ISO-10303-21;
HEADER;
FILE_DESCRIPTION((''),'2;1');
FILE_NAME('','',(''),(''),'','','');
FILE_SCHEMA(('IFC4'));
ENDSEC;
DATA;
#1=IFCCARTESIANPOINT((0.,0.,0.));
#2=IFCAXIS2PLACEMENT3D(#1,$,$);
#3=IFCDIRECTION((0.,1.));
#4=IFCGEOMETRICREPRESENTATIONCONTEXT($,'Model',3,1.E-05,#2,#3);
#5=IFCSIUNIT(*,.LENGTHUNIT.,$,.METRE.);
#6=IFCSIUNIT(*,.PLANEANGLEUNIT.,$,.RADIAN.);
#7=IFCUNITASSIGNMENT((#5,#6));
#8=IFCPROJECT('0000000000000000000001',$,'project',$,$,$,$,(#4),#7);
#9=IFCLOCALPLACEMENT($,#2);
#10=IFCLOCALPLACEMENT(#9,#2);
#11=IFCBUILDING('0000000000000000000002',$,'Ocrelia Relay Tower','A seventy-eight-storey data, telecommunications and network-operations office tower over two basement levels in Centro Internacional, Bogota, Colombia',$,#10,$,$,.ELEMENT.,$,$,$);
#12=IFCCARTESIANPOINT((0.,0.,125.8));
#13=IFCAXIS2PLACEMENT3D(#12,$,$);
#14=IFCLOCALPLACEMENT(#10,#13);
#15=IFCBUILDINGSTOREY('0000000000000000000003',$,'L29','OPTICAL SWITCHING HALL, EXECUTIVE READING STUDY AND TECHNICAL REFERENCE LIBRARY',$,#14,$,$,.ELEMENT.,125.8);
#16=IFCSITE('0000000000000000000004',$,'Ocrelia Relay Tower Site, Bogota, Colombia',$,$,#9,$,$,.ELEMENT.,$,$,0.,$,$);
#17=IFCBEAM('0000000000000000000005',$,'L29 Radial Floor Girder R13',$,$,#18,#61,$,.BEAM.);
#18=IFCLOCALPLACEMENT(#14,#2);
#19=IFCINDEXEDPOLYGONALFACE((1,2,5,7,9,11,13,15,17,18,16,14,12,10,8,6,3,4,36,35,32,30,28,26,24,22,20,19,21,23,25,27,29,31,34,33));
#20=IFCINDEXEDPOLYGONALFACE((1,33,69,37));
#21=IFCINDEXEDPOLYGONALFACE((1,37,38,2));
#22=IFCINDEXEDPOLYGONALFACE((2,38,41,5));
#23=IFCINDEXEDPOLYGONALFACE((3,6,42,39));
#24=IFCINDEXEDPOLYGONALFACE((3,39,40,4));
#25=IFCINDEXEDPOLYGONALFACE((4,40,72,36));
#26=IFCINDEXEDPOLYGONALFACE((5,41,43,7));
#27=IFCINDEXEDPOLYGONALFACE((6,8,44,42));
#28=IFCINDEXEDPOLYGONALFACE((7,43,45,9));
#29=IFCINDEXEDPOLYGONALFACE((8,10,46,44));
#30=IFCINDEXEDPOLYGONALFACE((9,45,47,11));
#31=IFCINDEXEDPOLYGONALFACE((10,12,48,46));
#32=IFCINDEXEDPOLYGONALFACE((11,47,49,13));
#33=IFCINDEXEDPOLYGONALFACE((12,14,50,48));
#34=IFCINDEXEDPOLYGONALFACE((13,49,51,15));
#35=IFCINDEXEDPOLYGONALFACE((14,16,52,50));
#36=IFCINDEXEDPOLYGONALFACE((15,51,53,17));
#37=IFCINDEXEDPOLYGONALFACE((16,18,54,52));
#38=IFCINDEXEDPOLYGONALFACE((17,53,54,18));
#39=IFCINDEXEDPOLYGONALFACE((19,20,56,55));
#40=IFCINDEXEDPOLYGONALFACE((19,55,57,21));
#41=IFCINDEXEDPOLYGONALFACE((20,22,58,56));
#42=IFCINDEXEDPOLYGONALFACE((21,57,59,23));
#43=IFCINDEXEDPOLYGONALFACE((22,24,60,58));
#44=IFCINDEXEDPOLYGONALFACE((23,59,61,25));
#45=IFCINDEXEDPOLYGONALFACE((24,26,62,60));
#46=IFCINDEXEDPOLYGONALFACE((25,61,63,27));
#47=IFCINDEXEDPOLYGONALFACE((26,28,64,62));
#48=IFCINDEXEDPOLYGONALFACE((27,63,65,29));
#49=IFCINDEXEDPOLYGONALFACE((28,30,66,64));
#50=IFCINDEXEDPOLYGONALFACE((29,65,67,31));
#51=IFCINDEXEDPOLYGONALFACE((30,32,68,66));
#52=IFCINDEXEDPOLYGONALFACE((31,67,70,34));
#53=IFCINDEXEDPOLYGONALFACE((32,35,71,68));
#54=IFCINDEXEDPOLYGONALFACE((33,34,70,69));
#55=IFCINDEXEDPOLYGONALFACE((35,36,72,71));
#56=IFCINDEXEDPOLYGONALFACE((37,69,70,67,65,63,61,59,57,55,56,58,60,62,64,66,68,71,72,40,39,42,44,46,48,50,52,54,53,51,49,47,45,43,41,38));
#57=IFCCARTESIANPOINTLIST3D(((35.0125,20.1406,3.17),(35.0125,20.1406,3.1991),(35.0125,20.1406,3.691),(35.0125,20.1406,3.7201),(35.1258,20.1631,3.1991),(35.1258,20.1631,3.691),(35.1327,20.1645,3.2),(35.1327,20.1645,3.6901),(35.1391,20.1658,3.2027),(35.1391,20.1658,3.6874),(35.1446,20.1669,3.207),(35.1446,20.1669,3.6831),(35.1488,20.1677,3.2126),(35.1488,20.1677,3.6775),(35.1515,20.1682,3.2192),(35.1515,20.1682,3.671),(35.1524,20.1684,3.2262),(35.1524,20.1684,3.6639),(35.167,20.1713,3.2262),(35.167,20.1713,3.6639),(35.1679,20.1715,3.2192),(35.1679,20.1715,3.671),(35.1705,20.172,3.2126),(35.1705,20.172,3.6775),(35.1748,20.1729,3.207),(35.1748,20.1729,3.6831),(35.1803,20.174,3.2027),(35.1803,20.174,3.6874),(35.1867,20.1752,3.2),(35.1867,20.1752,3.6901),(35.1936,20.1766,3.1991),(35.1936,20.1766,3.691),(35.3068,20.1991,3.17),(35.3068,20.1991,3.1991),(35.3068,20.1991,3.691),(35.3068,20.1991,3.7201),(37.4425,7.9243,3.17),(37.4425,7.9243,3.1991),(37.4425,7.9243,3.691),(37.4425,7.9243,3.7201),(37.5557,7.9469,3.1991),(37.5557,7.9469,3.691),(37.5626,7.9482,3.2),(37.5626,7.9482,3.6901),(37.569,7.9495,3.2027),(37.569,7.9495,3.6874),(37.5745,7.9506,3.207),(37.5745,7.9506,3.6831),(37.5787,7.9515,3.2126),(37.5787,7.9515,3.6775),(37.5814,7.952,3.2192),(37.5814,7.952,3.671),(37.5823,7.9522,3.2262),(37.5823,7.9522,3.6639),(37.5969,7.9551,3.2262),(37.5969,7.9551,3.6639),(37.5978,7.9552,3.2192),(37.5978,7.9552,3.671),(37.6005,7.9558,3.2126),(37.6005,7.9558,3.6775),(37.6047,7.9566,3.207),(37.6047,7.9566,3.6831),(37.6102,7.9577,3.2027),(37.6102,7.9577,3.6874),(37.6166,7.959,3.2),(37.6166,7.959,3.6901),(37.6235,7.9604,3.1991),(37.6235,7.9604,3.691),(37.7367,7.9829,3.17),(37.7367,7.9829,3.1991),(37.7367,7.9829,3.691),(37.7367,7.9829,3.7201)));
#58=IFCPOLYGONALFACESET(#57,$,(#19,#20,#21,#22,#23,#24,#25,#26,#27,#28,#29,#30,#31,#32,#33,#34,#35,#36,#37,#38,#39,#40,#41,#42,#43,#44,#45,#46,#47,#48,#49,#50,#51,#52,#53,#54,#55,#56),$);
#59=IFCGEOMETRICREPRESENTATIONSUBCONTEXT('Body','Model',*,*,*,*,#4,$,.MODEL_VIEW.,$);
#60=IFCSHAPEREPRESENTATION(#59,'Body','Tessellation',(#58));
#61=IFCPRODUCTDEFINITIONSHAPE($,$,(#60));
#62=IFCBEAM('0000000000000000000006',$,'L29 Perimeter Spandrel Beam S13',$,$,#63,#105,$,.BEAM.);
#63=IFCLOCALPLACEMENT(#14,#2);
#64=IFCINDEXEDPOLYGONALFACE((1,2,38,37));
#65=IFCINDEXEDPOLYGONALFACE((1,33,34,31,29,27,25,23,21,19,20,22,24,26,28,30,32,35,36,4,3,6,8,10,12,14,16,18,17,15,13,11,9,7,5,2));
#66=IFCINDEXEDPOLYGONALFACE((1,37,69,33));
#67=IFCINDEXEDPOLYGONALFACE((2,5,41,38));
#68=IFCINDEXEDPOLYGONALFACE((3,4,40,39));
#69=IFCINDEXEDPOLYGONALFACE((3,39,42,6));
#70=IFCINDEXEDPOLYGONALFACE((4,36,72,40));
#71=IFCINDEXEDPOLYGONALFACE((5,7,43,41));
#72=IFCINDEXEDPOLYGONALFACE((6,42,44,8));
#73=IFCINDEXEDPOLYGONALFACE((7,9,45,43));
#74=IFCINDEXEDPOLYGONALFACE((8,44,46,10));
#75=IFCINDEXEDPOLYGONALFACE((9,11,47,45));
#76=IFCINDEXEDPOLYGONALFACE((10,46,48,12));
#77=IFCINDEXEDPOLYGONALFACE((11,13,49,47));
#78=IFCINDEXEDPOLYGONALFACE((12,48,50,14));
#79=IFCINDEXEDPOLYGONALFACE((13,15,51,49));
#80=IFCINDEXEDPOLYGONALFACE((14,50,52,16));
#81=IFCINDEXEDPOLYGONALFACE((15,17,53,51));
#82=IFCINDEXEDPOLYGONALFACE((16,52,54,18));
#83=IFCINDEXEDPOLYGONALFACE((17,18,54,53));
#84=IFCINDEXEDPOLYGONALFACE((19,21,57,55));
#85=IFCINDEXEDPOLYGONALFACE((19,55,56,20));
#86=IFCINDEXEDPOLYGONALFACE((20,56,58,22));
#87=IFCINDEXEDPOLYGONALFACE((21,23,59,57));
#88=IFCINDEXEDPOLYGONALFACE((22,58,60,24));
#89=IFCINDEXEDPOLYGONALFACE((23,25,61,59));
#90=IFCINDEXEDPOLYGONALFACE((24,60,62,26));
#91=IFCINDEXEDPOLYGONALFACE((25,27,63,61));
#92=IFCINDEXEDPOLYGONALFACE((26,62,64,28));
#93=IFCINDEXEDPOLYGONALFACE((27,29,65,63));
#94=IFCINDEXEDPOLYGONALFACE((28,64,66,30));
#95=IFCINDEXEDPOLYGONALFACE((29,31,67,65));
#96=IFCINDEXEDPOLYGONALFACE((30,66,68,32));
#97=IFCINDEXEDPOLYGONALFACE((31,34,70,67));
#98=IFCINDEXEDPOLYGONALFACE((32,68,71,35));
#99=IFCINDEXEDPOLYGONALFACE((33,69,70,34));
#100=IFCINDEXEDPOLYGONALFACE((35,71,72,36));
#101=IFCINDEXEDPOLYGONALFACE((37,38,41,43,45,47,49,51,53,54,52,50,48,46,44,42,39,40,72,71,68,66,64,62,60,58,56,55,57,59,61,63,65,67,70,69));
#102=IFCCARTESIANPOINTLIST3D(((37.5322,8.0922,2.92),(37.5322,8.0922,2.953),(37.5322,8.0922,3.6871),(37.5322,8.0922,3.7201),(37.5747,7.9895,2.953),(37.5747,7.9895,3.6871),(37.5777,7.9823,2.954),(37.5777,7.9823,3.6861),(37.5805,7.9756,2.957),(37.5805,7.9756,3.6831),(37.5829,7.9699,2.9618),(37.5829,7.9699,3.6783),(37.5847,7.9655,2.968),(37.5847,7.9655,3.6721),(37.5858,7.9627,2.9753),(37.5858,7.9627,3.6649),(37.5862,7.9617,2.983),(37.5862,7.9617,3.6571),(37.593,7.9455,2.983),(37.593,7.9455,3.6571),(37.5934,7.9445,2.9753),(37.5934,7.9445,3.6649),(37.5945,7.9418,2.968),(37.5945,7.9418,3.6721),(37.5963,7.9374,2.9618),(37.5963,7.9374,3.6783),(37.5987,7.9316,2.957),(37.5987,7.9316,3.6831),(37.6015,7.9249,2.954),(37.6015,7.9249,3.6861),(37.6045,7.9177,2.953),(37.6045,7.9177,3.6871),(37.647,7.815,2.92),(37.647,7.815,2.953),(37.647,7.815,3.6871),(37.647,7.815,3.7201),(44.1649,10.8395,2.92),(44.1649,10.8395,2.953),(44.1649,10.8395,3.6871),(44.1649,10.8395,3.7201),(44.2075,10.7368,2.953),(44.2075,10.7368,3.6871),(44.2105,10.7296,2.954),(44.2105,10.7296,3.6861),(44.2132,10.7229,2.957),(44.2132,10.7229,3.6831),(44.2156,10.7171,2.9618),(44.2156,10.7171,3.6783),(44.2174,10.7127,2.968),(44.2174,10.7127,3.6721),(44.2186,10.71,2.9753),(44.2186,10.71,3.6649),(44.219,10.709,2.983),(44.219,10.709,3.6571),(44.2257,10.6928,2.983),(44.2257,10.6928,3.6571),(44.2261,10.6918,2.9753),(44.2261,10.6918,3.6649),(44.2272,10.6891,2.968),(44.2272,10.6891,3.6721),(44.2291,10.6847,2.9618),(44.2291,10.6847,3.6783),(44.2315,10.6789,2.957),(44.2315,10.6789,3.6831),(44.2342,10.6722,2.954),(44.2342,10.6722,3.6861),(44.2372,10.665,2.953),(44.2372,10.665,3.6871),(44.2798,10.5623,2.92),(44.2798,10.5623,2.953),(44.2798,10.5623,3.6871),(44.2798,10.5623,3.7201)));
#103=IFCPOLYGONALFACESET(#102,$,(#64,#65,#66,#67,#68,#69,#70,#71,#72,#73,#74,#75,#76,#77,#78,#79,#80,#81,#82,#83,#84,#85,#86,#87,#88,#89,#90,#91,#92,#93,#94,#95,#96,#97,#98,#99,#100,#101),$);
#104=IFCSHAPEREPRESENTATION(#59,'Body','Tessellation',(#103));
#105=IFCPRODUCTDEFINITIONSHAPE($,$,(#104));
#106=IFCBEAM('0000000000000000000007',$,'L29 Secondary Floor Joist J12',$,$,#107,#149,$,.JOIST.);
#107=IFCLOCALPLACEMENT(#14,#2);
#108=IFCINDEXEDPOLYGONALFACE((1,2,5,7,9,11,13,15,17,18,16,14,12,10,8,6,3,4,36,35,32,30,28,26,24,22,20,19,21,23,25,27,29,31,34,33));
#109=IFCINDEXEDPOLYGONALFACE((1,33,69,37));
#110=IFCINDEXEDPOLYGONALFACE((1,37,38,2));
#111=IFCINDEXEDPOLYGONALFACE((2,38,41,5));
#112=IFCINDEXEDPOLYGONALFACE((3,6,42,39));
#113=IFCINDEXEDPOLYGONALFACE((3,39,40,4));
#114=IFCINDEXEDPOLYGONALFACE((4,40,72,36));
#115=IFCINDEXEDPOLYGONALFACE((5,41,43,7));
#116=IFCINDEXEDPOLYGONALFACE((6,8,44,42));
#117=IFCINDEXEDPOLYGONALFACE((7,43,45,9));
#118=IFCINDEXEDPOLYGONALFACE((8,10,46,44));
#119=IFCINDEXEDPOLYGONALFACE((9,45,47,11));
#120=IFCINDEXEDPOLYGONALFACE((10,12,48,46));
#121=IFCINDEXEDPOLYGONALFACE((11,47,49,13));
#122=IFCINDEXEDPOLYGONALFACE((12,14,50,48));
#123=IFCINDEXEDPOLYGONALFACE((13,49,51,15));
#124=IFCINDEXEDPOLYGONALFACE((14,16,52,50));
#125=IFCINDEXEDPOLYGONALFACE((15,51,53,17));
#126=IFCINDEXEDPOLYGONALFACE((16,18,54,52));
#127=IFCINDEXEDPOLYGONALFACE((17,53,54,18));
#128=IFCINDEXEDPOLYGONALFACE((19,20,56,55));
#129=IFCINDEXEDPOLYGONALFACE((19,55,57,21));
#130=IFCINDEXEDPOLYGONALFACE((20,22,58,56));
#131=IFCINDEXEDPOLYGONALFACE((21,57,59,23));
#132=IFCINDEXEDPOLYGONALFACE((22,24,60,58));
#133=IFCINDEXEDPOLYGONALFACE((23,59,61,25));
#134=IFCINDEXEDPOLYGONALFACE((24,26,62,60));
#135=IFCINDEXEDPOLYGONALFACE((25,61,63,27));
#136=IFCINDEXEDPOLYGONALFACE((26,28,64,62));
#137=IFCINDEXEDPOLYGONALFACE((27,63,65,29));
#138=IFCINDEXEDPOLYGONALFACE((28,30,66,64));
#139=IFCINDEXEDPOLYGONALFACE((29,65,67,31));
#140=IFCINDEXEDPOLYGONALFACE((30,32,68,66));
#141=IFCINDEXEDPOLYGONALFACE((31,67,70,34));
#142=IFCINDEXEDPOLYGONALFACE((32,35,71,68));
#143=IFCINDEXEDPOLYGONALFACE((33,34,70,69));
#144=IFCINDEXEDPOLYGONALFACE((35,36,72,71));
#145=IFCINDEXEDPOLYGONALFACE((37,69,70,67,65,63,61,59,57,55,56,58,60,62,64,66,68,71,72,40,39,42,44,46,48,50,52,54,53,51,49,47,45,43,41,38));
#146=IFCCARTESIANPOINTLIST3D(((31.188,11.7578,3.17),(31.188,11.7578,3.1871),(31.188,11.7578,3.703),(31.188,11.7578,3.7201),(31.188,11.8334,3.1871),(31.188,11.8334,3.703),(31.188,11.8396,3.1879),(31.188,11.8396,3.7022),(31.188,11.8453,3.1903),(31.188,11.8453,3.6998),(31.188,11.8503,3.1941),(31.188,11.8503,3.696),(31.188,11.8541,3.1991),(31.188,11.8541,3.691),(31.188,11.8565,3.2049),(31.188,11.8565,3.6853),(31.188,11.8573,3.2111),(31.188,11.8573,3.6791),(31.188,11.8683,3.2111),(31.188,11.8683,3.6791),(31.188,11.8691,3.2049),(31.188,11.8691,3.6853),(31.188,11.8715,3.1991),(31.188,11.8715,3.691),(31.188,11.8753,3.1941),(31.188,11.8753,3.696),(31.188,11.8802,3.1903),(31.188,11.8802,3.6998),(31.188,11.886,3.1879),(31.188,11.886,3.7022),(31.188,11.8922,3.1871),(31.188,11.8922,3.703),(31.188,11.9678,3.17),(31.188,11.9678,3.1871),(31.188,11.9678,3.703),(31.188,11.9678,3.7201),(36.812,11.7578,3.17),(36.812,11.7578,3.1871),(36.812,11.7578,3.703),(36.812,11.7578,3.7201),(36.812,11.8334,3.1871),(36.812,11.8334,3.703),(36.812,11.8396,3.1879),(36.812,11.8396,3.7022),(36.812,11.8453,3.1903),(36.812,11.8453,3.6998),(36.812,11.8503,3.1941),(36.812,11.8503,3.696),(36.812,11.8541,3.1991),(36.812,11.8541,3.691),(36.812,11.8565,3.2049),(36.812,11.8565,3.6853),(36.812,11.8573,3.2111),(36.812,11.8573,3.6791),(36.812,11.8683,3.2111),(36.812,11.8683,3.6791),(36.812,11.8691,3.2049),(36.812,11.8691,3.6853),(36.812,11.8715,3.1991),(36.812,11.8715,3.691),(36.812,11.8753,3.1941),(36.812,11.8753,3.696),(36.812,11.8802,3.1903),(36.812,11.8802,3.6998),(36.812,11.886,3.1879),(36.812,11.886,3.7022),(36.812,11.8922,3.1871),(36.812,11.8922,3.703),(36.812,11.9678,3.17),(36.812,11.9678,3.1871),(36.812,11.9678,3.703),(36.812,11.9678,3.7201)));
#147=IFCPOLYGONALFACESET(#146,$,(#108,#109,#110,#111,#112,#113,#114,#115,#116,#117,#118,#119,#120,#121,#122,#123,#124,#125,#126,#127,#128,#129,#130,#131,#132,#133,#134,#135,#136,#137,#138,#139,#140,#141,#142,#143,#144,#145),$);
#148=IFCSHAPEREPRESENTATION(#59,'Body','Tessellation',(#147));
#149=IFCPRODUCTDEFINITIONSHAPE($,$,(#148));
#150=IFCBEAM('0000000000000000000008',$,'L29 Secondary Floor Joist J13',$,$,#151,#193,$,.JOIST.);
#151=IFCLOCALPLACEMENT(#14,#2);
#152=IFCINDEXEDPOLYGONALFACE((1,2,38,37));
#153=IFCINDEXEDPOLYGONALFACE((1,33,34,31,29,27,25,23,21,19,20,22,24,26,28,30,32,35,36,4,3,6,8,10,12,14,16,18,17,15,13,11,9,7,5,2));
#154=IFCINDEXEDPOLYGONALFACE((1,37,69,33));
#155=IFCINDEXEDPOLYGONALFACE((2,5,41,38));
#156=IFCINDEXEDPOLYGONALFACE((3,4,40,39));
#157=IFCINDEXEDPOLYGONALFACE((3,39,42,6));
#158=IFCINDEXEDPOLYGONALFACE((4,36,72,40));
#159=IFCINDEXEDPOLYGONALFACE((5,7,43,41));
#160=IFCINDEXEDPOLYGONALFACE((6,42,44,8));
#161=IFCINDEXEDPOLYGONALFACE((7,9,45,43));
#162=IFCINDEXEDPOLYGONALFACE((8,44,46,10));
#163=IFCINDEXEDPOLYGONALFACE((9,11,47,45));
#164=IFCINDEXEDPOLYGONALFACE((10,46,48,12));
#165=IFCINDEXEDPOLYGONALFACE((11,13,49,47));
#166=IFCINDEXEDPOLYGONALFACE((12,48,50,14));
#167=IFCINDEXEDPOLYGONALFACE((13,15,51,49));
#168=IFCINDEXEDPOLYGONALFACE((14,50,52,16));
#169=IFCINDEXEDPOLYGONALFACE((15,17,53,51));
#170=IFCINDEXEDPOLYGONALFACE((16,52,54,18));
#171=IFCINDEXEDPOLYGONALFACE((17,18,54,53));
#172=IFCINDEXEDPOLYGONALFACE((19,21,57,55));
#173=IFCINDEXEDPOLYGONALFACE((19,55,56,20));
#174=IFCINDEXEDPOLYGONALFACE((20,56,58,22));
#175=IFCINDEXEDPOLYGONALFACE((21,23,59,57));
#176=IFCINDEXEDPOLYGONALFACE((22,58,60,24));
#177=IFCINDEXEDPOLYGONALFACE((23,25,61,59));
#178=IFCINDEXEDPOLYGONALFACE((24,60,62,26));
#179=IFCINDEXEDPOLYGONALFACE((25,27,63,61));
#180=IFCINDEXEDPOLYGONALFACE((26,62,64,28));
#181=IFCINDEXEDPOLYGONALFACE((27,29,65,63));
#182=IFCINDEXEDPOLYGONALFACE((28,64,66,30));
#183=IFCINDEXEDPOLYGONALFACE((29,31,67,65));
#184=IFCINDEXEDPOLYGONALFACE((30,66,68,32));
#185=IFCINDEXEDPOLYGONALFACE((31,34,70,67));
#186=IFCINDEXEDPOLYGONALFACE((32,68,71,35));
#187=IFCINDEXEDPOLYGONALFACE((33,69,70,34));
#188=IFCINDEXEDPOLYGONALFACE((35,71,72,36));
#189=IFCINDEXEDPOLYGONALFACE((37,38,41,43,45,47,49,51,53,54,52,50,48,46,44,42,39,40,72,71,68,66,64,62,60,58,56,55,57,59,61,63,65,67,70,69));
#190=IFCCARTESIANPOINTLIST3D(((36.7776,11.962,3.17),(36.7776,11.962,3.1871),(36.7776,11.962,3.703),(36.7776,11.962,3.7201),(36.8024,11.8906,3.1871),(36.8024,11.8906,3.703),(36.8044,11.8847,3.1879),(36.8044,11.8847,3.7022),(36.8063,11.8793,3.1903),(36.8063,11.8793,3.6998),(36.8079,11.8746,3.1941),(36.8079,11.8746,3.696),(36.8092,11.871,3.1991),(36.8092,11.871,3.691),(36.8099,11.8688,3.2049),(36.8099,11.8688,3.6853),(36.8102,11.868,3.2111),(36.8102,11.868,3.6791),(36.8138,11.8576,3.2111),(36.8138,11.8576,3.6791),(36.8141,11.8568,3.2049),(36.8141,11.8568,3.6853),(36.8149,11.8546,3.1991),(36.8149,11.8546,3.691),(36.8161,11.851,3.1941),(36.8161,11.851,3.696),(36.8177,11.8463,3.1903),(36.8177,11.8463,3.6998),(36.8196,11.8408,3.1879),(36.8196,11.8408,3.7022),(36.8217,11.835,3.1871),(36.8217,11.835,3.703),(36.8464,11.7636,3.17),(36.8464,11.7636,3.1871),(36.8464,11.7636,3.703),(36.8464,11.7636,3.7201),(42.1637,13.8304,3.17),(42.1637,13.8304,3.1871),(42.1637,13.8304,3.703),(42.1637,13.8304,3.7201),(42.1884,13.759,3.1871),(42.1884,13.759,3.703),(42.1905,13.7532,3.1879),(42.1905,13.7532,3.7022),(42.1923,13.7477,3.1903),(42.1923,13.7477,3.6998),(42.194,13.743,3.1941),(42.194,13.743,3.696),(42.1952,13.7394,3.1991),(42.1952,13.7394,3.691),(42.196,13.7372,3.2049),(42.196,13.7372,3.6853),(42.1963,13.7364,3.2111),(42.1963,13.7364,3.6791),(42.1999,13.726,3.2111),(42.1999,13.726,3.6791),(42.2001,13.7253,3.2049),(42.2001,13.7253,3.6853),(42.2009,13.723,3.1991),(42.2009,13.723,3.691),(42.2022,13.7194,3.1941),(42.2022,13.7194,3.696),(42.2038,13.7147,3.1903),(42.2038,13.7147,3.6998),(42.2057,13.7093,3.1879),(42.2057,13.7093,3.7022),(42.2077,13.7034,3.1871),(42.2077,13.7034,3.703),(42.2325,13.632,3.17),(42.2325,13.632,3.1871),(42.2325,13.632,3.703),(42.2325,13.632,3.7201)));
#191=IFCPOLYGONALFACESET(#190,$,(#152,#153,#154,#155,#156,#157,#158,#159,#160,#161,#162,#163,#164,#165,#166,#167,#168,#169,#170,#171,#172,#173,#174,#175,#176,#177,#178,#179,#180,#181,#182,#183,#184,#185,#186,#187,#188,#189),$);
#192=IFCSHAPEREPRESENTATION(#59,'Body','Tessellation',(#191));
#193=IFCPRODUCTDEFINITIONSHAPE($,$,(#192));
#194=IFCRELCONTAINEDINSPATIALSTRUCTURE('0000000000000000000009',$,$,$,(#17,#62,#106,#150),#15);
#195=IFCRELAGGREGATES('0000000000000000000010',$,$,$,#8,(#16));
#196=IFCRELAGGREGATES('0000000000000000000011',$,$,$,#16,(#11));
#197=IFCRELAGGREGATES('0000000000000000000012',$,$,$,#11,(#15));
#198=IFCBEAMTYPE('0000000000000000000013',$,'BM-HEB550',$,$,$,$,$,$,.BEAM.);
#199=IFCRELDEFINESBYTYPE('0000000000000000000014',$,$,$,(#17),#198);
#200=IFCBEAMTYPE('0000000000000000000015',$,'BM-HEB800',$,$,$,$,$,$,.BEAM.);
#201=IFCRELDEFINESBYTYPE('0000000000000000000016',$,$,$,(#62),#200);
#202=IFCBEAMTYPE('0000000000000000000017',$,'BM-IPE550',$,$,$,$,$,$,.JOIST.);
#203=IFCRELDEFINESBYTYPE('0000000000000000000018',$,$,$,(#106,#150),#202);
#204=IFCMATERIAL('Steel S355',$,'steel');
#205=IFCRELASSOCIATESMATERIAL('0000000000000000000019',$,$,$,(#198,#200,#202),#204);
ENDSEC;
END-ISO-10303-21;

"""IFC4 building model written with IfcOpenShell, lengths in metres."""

from ifc_helpers import new_model, si_unit, direction, frame, origin, origin_2d, place, context, subcontext, project, spatial, i_section, extrude, material, material_profile, profile_set, type_object, element, save


model = new_model("IFC4")

# Units and contexts
model_context = context("Model", 3, precision=1e-05, world=origin(), true_north=direction((0.0, 1.0)))
body_context = subcontext(model_context, "Body", "Model", "MODEL_VIEW")
ifc_project = project(units=[si_unit("LENGTHUNIT", "METRE"), si_unit("PLANEANGLEUNIT", "RADIAN")], contexts=[model_context])

# Site, building, storey
site_placement = place(None, origin())
site = spatial("IfcSite", under=ifc_project, at=site_placement, Name="Ocrelia Relay Tower Site, Bogota, Colombia", CompositionType="ELEMENT", RefElevation=0.0)
building_placement = place(site_placement, origin())
building = spatial("IfcBuilding", under=site, at=building_placement, Name="Ocrelia Relay Tower", Description="A seventy-eight-storey data, telecommunications and network-operations office tower over two basement levels in Centro Internacional, Bogota, Colombia", CompositionType="ELEMENT")
storey_placement = place(building_placement, frame((0.0, 0.0, 125.8)))
storey = spatial("IfcBuildingStorey", under=building, at=storey_placement, Name="L29", Description="OPTICAL SWITCHING HALL, EXECUTIVE READING STUDY AND TECHNICAL REFERENCE LIBRARY", CompositionType="ELEMENT", Elevation=125.8)

# Beams
ifc_material_1 = material(Name="Steel S355", Category="steel")
ifc_material_profile_1 = material_profile(ifc_material_1, i_section(OverallWidth=0.3, OverallDepth=0.55, WebThickness=0.0149, FlangeThickness=0.0291, FilletRadius=0.0271, at=origin_2d()), Name="HEB 550")
ifc_profile_set_1 = profile_set([ifc_material_profile_1], Name="Steel S355")
beam_type_1 = type_object("IfcBeamType", Name="BM-HEB550", PredefinedType="BEAM", material=ifc_profile_set_1)
beam_1_placement = place(storey_placement, frame((37.5896, 7.9536, 3.4451), z_axis=(-0.195087, 0.980786, 0.0), x_axis=(-0.980786, -0.195087, 0.0)))
element("IfcBeam", 1, at=beam_1_placement, inside=storey, type_object=beam_type_1, Name="L29 Radial Floor Girder R13", PredefinedType="BEAM", context=body_context, shape_type="SweptSolid", body=[
    extrude(i_section(OverallWidth=0.3, OverallDepth=0.55, WebThickness=0.0149, FlangeThickness=0.0291, FilletRadius=0.0271, at=origin_2d()), origin(), (0.0, 0.0, 1.0), 12.4556),
])
ifc_material_profile_2 = material_profile(ifc_material_1, i_section(OverallWidth=0.3, OverallDepth=0.8, WebThickness=0.0176, FlangeThickness=0.033, FilletRadius=0.03, at=origin_2d()), Name="HEB 800")
ifc_profile_set_2 = profile_set([ifc_material_profile_2], Name="Steel S355")
beam_type_2 = type_object("IfcBeamType", Name="BM-HEB800", PredefinedType="BEAM", material=ifc_profile_set_2)
beam_2_placement = place(storey_placement, frame((37.5896, 7.9536, 3.3201), z_axis=(0.923884, 0.382673, 0.0), x_axis=(-0.382673, 0.923884, 0.0)))
element("IfcBeam", 2, at=beam_2_placement, inside=storey, type_object=beam_type_2, Name="L29 Perimeter Spandrel Beam S13", PredefinedType="BEAM", context=body_context, shape_type="SweptSolid", body=[
    extrude(i_section(OverallWidth=0.3, OverallDepth=0.8, WebThickness=0.0176, FlangeThickness=0.033, FilletRadius=0.03, at=origin_2d()), origin(), (0.0, 0.0, 1.0), 7.1792),
])
ifc_material_profile_3 = material_profile(ifc_material_1, i_section(OverallWidth=0.21, OverallDepth=0.55, WebThickness=0.011, FlangeThickness=0.0171, FilletRadius=0.0239, at=origin_2d()), Name="IPE 550")
ifc_profile_set_3 = profile_set([ifc_material_profile_3], Name="Steel S355")
beam_type_3 = type_object("IfcBeamType", Name="BM-IPE550", PredefinedType="JOIST", material=ifc_profile_set_3)
beam_3_placement = place(storey_placement, frame((31.188, 11.8628, 3.4451), z_axis=(1.0, 0.0, 0.0), x_axis=(0.0, 1.0, 0.0)))
element("IfcBeam", 3, at=beam_3_placement, inside=storey, type_object=beam_type_3, Name="L29 Secondary Floor Joist J12", PredefinedType="JOIST", context=body_context, shape_type="SweptSolid", body=[
    extrude(i_section(OverallWidth=0.21, OverallDepth=0.55, WebThickness=0.011, FlangeThickness=0.0171, FilletRadius=0.0239, at=origin_2d()), origin(), (0.0, 0.0, 1.0), 5.624),
])
beam_4_placement = place(storey_placement, frame((36.812, 11.8628, 3.4451), z_axis=(0.944767, 0.327741, 0.0), x_axis=(-0.327741, 0.944767, 0.0)))
element("IfcBeam", 4, at=beam_4_placement, inside=storey, type_object=beam_type_3, Name="L29 Secondary Floor Joist J13", PredefinedType="JOIST", context=body_context, shape_type="SweptSolid", body=[
    extrude(i_section(OverallWidth=0.21, OverallDepth=0.55, WebThickness=0.011, FlangeThickness=0.0171, FilletRadius=0.0239, at=origin_2d()), origin(), (0.0, 0.0, 1.0), 5.7009),
])

save(model, "model.ifc")
